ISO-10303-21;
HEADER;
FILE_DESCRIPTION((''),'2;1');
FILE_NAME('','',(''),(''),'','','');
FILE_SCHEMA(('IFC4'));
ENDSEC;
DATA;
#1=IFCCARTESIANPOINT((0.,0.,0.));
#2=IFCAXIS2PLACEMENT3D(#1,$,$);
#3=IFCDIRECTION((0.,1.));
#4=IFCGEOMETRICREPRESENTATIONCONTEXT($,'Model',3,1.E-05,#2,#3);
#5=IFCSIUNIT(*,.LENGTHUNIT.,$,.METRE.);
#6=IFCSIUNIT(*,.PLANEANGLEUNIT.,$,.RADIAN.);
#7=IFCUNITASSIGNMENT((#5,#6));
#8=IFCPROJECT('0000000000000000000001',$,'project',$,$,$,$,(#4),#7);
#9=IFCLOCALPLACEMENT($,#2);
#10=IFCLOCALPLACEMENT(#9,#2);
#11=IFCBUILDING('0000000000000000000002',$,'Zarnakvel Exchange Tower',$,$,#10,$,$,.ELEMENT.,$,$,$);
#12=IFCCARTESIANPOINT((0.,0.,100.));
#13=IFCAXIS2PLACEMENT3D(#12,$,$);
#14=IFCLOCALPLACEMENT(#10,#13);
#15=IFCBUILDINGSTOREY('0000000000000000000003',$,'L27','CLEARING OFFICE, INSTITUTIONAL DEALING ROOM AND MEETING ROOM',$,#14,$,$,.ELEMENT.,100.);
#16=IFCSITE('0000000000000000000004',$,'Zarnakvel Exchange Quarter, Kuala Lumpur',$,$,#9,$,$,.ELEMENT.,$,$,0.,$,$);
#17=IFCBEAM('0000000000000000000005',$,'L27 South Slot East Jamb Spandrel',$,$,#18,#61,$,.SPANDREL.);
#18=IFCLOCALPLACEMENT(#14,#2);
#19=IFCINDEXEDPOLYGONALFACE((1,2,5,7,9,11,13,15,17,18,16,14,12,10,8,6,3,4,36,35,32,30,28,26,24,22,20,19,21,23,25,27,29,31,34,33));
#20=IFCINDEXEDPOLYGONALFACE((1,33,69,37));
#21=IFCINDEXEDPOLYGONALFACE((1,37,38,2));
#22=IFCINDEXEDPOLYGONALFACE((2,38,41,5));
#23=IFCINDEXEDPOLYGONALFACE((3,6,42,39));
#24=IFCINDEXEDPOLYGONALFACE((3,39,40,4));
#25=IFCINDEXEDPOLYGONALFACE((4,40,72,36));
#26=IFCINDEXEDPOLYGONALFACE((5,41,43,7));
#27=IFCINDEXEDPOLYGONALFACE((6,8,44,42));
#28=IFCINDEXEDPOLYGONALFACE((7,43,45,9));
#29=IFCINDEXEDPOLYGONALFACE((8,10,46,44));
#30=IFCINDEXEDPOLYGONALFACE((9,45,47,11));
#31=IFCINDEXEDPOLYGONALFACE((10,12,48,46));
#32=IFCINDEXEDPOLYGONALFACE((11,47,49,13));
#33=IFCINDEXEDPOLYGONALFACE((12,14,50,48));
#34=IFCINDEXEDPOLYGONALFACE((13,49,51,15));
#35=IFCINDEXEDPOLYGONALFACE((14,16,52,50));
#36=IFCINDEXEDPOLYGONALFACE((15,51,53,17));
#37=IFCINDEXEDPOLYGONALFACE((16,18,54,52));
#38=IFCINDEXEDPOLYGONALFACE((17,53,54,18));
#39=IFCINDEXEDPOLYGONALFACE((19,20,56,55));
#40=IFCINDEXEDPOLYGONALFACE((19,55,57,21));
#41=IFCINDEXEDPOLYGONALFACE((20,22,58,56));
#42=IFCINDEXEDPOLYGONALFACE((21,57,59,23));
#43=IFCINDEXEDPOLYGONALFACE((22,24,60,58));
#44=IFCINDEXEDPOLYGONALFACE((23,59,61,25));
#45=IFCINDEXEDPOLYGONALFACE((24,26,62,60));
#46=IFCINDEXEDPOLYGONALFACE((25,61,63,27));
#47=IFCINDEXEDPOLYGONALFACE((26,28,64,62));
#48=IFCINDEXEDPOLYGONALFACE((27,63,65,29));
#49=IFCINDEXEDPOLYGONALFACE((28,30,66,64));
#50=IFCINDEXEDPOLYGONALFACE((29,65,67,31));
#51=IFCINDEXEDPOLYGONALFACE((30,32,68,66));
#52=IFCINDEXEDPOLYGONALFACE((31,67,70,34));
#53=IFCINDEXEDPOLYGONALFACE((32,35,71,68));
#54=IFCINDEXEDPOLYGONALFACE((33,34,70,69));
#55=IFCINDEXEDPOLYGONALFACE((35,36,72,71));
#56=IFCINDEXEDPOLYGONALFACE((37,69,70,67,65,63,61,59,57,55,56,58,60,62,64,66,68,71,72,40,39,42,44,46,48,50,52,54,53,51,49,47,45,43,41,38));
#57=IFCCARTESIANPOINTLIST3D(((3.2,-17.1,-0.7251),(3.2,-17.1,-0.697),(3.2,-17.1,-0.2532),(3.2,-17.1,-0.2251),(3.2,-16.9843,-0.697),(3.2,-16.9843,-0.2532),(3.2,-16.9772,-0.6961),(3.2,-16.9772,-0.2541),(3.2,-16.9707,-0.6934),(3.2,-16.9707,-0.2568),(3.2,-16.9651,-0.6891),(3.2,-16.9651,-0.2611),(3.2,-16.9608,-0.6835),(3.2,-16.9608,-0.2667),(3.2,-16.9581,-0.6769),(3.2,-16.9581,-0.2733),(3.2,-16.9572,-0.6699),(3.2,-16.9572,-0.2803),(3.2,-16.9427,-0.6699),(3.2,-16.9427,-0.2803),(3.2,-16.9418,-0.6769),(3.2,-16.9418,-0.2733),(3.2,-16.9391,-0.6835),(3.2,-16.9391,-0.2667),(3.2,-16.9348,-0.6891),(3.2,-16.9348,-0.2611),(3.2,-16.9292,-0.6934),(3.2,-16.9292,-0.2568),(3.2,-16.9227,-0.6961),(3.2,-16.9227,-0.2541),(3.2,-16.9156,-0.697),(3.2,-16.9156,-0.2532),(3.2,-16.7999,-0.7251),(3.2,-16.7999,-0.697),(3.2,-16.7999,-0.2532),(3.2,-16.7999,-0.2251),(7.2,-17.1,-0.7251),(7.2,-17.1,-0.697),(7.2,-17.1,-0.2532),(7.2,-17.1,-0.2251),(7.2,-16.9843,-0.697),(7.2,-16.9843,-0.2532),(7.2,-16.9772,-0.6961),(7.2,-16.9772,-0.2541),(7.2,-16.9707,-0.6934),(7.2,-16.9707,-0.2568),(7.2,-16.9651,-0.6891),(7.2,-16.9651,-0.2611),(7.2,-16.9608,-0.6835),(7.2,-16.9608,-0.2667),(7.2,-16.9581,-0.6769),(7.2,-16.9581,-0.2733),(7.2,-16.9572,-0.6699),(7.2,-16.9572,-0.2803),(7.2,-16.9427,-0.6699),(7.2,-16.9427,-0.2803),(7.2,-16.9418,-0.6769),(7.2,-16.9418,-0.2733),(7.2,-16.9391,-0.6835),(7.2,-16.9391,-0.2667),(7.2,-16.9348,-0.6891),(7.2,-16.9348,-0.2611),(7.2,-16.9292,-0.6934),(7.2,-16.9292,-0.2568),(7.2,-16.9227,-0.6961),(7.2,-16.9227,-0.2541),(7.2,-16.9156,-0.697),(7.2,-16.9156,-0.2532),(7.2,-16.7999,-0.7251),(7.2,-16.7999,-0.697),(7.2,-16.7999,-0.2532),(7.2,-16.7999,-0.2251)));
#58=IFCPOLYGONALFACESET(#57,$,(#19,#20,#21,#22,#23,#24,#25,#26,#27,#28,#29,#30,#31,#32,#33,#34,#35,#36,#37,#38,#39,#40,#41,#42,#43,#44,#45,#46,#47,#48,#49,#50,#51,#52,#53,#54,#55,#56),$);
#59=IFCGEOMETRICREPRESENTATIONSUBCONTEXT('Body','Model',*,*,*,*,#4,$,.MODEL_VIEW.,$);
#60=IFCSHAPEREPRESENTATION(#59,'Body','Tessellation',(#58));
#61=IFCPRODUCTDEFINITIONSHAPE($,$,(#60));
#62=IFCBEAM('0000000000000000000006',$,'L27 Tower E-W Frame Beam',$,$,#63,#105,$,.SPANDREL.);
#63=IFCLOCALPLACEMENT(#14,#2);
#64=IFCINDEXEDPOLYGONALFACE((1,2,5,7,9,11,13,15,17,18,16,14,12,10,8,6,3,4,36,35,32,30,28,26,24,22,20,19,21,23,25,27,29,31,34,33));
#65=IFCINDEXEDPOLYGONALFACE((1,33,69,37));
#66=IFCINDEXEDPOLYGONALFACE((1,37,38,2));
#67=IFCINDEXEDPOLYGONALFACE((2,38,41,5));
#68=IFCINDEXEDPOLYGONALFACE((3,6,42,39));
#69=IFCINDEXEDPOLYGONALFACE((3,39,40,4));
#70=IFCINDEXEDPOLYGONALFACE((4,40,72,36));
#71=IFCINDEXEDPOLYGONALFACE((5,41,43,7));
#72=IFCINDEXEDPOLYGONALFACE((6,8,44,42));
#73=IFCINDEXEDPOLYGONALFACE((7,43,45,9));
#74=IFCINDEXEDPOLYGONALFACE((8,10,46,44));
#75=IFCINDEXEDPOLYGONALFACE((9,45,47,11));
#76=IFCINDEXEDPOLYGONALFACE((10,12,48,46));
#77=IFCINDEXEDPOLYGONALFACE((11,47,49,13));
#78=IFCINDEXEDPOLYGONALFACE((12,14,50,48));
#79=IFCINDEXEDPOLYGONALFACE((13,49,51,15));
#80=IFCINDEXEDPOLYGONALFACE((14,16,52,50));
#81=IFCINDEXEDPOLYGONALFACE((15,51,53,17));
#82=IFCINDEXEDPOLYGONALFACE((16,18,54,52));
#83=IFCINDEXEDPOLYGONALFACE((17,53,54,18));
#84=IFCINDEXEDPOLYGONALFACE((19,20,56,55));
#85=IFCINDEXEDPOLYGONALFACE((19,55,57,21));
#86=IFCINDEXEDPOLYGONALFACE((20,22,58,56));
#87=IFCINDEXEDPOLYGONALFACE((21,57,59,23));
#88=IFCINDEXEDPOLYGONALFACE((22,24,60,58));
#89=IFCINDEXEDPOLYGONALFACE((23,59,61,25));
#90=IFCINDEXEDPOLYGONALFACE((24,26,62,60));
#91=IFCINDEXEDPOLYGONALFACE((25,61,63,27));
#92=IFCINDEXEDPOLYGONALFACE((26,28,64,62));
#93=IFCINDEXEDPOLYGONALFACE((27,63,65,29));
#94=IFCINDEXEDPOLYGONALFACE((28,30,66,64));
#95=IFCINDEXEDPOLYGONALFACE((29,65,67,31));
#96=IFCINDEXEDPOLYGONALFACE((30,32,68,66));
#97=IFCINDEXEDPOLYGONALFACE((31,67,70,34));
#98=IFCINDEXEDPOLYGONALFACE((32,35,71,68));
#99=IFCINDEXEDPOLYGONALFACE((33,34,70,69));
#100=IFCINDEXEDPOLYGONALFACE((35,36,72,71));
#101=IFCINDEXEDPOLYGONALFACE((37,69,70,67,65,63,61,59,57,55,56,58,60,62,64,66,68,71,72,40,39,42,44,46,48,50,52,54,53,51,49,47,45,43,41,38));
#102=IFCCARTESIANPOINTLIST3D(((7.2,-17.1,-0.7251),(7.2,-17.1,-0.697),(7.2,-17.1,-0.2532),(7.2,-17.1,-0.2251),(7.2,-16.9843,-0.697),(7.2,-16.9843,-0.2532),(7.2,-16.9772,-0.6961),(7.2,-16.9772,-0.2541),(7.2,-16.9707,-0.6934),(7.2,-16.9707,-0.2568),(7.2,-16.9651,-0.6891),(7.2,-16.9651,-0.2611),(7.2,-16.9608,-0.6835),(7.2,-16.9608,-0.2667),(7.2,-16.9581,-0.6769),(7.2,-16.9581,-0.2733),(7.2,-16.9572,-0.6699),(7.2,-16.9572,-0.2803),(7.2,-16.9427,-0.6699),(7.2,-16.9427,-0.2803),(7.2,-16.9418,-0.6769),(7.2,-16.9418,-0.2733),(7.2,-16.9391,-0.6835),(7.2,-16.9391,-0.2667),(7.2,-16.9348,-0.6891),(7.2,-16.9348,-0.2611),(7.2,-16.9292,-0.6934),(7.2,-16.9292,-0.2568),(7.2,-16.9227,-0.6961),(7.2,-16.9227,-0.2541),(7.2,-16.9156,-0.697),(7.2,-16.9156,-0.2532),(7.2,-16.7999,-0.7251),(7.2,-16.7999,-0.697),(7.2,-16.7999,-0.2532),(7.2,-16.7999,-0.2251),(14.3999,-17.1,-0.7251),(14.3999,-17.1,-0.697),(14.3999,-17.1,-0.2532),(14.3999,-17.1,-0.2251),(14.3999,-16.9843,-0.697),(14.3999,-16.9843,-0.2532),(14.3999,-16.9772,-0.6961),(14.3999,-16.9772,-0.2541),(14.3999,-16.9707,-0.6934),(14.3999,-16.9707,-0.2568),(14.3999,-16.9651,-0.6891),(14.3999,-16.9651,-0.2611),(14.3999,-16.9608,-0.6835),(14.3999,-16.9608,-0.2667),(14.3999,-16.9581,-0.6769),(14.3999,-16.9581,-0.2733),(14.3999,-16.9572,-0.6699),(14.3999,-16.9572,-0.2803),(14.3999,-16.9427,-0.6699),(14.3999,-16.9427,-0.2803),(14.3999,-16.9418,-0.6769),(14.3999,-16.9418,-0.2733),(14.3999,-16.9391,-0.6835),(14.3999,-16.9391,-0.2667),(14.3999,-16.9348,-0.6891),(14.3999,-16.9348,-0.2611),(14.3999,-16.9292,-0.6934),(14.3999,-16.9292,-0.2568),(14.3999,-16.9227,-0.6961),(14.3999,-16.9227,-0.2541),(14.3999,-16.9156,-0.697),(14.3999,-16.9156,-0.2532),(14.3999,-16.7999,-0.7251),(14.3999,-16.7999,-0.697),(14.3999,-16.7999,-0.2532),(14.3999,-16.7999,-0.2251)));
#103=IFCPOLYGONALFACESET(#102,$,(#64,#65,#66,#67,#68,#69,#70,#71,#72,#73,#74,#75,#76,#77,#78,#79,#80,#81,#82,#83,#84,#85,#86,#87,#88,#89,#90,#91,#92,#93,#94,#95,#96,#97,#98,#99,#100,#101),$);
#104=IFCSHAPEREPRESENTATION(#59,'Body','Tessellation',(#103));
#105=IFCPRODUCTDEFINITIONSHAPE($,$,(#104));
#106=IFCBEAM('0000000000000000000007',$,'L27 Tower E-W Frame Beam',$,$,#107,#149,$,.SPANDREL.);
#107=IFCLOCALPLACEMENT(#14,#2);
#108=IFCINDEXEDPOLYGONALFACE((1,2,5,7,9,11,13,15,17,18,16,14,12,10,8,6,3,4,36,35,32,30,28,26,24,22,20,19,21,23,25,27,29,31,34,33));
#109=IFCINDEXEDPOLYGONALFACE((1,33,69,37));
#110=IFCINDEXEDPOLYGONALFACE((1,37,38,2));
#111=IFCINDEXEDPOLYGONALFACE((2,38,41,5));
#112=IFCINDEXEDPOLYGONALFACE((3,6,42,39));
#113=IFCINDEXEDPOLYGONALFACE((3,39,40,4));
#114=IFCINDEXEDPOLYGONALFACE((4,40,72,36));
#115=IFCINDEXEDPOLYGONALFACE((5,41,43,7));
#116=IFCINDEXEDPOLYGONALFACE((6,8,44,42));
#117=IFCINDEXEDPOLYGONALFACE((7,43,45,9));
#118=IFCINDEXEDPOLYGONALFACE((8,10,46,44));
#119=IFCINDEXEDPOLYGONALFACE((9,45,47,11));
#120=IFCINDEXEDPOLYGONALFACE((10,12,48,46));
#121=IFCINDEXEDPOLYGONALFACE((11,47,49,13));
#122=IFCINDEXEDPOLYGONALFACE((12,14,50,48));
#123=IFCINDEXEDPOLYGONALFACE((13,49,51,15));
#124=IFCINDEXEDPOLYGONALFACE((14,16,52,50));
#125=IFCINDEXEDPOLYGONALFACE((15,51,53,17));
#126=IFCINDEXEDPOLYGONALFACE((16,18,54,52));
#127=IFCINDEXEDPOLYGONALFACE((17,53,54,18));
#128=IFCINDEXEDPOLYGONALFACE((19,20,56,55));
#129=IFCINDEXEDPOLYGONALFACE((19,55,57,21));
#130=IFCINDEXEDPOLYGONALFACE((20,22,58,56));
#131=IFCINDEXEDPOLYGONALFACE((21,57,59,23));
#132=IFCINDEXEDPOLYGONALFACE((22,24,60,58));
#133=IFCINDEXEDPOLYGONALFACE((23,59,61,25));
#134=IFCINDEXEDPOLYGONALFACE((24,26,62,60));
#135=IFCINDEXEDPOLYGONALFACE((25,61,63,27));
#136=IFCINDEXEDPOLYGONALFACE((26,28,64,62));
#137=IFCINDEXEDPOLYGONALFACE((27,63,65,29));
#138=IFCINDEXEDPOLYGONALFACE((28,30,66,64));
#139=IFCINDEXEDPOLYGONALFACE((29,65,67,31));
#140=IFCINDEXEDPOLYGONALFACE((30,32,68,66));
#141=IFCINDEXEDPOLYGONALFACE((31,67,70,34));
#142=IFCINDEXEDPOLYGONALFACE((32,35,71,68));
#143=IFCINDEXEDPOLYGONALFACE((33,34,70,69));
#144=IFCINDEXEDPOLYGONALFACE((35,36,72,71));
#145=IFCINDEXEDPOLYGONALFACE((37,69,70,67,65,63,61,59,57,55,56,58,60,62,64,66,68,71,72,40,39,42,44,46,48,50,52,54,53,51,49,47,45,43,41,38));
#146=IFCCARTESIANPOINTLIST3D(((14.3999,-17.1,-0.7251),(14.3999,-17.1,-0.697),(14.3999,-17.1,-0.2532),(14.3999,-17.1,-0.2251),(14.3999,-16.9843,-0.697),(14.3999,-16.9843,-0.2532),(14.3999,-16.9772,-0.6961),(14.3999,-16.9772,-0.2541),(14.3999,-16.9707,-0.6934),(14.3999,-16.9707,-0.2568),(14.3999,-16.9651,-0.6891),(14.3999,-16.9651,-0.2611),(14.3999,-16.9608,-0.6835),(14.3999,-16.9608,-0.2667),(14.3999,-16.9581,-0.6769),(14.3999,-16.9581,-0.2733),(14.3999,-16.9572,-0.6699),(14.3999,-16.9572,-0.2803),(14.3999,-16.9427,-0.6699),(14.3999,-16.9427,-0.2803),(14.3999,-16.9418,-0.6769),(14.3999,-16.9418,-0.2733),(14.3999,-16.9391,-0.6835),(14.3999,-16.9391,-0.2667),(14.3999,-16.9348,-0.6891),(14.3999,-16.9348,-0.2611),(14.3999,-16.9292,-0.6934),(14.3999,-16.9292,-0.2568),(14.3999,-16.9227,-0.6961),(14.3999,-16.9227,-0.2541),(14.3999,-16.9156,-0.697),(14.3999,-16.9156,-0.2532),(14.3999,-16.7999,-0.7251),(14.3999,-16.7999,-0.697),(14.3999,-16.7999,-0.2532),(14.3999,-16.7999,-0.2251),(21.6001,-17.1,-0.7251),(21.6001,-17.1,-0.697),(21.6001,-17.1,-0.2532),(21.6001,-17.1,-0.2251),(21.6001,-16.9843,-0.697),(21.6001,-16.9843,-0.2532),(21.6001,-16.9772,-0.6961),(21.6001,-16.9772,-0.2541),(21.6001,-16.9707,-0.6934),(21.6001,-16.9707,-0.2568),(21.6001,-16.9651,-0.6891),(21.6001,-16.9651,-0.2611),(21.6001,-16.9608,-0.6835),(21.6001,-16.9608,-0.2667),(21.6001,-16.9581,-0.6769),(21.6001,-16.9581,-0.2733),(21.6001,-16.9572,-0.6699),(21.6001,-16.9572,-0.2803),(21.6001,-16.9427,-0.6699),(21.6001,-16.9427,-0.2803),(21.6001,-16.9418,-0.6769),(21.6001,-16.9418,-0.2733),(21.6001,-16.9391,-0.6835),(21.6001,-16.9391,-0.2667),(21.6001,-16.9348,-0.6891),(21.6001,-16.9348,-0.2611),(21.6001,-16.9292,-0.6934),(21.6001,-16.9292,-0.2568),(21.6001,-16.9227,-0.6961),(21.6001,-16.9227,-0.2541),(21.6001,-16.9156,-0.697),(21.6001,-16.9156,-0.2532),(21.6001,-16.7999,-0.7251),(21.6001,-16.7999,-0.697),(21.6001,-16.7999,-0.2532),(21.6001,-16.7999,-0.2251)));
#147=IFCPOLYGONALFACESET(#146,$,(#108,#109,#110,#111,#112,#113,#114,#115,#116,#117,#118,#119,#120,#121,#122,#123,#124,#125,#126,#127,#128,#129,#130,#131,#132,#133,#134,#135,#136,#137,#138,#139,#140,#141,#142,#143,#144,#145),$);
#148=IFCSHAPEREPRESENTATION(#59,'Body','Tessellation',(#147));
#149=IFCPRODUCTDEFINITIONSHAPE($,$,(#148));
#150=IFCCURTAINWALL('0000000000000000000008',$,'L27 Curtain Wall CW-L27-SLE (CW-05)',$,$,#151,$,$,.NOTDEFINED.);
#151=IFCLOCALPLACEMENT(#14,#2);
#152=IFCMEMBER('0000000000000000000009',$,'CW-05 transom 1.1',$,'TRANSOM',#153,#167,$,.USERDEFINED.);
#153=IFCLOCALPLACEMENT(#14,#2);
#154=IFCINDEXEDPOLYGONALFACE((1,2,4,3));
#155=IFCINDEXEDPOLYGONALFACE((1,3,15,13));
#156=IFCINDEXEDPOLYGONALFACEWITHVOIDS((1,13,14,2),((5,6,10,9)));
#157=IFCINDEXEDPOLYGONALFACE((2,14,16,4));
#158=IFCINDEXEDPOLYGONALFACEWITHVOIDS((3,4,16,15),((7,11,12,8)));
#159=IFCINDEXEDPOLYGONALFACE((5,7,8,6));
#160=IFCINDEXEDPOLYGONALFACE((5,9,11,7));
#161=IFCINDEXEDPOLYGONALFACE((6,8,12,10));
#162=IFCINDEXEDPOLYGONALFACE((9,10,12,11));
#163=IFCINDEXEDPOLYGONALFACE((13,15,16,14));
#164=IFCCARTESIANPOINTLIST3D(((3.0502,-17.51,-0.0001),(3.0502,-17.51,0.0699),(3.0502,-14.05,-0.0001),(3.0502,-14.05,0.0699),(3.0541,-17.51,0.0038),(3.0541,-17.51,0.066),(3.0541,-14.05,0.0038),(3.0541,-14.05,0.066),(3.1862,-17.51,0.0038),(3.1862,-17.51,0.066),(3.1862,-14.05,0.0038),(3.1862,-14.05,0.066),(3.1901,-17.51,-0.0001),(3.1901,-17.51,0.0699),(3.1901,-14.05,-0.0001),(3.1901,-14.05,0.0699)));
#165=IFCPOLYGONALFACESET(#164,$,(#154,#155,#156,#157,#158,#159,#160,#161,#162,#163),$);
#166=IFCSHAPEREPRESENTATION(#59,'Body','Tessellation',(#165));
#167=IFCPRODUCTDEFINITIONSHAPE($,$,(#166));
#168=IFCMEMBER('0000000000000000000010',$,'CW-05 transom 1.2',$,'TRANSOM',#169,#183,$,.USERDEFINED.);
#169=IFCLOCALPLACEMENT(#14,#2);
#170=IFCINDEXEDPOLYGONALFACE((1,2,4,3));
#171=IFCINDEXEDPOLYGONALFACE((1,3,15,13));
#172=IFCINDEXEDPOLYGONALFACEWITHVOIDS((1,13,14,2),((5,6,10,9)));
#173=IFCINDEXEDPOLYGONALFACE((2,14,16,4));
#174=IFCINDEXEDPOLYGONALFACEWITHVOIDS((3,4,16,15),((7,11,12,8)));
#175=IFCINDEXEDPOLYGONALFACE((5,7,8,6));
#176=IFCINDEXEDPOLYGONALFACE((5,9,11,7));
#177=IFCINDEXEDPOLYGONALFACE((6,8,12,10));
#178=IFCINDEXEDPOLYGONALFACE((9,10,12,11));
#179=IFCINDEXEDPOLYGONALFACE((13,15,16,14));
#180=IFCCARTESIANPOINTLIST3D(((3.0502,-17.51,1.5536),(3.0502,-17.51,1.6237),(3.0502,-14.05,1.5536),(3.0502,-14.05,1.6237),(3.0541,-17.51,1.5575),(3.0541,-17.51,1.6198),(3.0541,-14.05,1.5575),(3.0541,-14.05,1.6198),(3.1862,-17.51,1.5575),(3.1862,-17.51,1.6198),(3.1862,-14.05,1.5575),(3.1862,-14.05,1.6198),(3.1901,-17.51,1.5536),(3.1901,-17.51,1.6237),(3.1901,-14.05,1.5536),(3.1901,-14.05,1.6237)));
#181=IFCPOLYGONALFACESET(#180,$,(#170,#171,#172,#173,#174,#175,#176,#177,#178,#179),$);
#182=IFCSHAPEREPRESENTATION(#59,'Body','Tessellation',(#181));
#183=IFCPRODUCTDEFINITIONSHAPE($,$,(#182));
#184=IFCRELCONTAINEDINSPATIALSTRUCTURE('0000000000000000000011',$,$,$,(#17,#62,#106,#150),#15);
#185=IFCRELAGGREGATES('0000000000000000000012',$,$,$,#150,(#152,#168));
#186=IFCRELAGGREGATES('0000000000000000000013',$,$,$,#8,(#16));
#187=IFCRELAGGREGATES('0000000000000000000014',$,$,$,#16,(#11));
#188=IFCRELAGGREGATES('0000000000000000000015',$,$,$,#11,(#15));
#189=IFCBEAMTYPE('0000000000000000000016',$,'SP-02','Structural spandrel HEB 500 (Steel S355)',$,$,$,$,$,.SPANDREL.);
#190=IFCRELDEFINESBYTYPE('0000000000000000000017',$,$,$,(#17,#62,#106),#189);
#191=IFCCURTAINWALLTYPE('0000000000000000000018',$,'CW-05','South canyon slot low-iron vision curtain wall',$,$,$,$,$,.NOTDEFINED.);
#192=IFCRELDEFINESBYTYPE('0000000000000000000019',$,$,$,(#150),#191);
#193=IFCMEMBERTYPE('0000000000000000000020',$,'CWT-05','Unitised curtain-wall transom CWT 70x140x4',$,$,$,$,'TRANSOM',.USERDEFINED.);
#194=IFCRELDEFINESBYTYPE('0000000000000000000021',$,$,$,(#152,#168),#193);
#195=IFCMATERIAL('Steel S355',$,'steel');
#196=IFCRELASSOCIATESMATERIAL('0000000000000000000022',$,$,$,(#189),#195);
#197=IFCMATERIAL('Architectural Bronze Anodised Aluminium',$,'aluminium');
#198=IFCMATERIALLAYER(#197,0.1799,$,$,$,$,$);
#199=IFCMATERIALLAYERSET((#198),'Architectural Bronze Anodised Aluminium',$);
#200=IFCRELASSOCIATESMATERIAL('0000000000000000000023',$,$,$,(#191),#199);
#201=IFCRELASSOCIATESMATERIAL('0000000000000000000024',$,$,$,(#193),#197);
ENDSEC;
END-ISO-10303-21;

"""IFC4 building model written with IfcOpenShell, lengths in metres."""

from ifc_helpers import new_model, si_unit, direction, frame, origin, origin_2d, place, context, subcontext, project, spatial, hollow_rectangle, i_section, extrude, source, transform, mapped, material, layer, layer_set, material_profile, profile_set, type_object, element, aggregate, save


model = new_model("IFC4")

# Units and contexts
model_context = context("Model", 3, precision=1e-05, world=origin(), true_north=direction((0.0, 1.0)))
body_context = subcontext(model_context, "Body", "Model", "MODEL_VIEW")
ifc_project = project(units=[si_unit("LENGTHUNIT", "METRE"), si_unit("PLANEANGLEUNIT", "RADIAN")], contexts=[model_context])

# Site, building, storey
site_placement = place(None, origin())
site = spatial("IfcSite", under=ifc_project, at=site_placement, Name="Zarnakvel Exchange Quarter, Kuala Lumpur", CompositionType="ELEMENT", RefElevation=0.0)
building_placement = place(site_placement, origin())
building = spatial("IfcBuilding", under=site, at=building_placement, Name="Zarnakvel Exchange Tower", CompositionType="ELEMENT")
storey_placement = place(building_placement, frame((0.0, 0.0, 100.0)))
storey = spatial("IfcBuildingStorey", under=building, at=storey_placement, Name="L27", Description="CLEARING OFFICE, INSTITUTIONAL DEALING ROOM AND MEETING ROOM", CompositionType="ELEMENT", Elevation=100.0)

# Beams
ifc_material_1 = material(Name="Steel S355", Category="steel")
ifc_material_profile_1 = material_profile(ifc_material_1, i_section(OverallWidth=0.3, OverallDepth=0.5, WebThickness=0.0144, FlangeThickness=0.0281, FilletRadius=0.0271, at=origin_2d()))
ifc_profile_set_1 = profile_set([ifc_material_profile_1], Name="Steel S355")
beam_type_1 = type_object("IfcBeamType", Name="SP-02", Description="Structural spandrel HEB 500 (Steel S355)", PredefinedType="SPANDREL", material=ifc_profile_set_1)
beam_1_placement = place(storey_placement, frame((3.2, -16.95, -0.4751), z_axis=(1.0, 0.0, 0.0), x_axis=(0.0, 1.0, 0.0)))
element("IfcBeam", 1, at=beam_1_placement, inside=storey, type_object=beam_type_1, Name="L27 South Slot East Jamb Spandrel", PredefinedType="SPANDREL", context=body_context, shape_type="SweptSolid", body=[
    extrude(i_section(OverallWidth=0.3, OverallDepth=0.5, WebThickness=0.0144, FlangeThickness=0.0281, FilletRadius=0.0271, at=origin_2d()), origin(), (0.0, 0.0, 1.0), 4.0),
])
beam_2_placement = place(storey_placement, frame((7.2, -16.95, -0.4751), z_axis=(1.0, 0.0, 0.0), x_axis=(0.0, 1.0, 0.0)))
element("IfcBeam", 2, at=beam_2_placement, inside=storey, type_object=beam_type_1, Name="L27 Tower E-W Frame Beam", PredefinedType="SPANDREL", context=body_context, shape_type="SweptSolid", body=[
    extrude(i_section(OverallWidth=0.3, OverallDepth=0.5, WebThickness=0.0144, FlangeThickness=0.0281, FilletRadius=0.0271, at=origin_2d()), origin(), (0.0, 0.0, 1.0), 7.2),
])
beam_3_placement = place(storey_placement, frame((14.3999, -16.95, -0.4751), z_axis=(1.0, 0.0, 0.0), x_axis=(0.0, 1.0, 0.0)))
element("IfcBeam", 3, at=beam_3_placement, inside=storey, type_object=beam_type_1, Name="L27 Tower E-W Frame Beam", PredefinedType="SPANDREL", context=body_context, shape_type="SweptSolid", body=[
    extrude(i_section(OverallWidth=0.3, OverallDepth=0.5, WebThickness=0.0144, FlangeThickness=0.0281, FilletRadius=0.0271, at=origin_2d()), origin(), (0.0, 0.0, 1.0), 7.2002),
])

# Curtain wall, members
ifc_material_2 = material(Name="Architectural Bronze Anodised Aluminium", Category="aluminium")
ifc_layer_1 = layer(ifc_material_2, 0.1799)
ifc_layer_set_1 = layer_set([ifc_layer_1], Name="Architectural Bronze Anodised Aluminium")
curtain_wall_type = type_object("IfcCurtainWallType", Name="CW-05", Description="South canyon slot low-iron vision curtain wall", PredefinedType="NOTDEFINED", material=ifc_layer_set_1)
curtain_wall_1_placement = place(storey_placement, origin())
curtain_wall_1 = element("IfcCurtainWall", 4, at=curtain_wall_1_placement, inside=storey, type_object=curtain_wall_type, Name="L27 Curtain Wall CW-L27-SLE (CW-05)", PredefinedType="NOTDEFINED")
ifc_material_profile_2 = material_profile(ifc_material_2, hollow_rectangle(XDim=0.1399, YDim=0.0701, WallThickness=0.0039, at=origin_2d()))
ifc_profile_set_2 = profile_set([ifc_material_profile_2], Name="Architectural Bronze Anodised Aluminium")
member_type_1 = type_object("IfcMemberType", Name="CWT-05", Description="Unitised curtain-wall transom CWT 70x140x4", ElementType="TRANSOM", PredefinedType="USERDEFINED", material=ifc_profile_set_2)
shared_shape_1 = source(origin(), body_context, "Body", "SweptSolid", [
    extrude(hollow_rectangle(XDim=0.1399, YDim=0.0701, WallThickness=0.0039, at=origin_2d()), origin(), (0.0, 0.0, 1.0), 3.46),
])
member_1_placement = place(storey_placement, frame((3.1201, -14.05, 0.0349), z_axis=(0.0, -1.0, 0.0), x_axis=(1.0, 0.0, 0.0)))
member_1 = element("IfcMember", 5, at=member_1_placement, type_object=member_type_1, Name="CW-05 transom 1.1", ObjectType="TRANSOM", PredefinedType="USERDEFINED", context=body_context, shape_type="MappedRepresentation", body=[
    mapped(shared_shape_1, transform((0.0, 0.0, 0.0), x_axis=(1.0, 0.0, 0.0), y_axis=(0.0, 1.0, 0.0), z_axis=(0.0, 0.0, 1.0), scale=1.0)),
])
member_2_placement = place(storey_placement, frame((3.1201, -14.05, 1.5886), z_axis=(0.0, -1.0, 0.0), x_axis=(1.0, 0.0, 0.0)))
member_2 = element("IfcMember", 6, at=member_2_placement, type_object=member_type_1, Name="CW-05 transom 1.2", ObjectType="TRANSOM", PredefinedType="USERDEFINED", context=body_context, shape_type="MappedRepresentation", body=[
    mapped(shared_shape_1, transform((0.0, 0.0, 0.0), x_axis=(1.0, 0.0, 0.0), y_axis=(0.0, 1.0, 0.0), z_axis=(0.0, 0.0, 1.0), scale=1.0)),
])

aggregate(curtain_wall_1, [member_1, member_2])

save(model, "model.ifc")
